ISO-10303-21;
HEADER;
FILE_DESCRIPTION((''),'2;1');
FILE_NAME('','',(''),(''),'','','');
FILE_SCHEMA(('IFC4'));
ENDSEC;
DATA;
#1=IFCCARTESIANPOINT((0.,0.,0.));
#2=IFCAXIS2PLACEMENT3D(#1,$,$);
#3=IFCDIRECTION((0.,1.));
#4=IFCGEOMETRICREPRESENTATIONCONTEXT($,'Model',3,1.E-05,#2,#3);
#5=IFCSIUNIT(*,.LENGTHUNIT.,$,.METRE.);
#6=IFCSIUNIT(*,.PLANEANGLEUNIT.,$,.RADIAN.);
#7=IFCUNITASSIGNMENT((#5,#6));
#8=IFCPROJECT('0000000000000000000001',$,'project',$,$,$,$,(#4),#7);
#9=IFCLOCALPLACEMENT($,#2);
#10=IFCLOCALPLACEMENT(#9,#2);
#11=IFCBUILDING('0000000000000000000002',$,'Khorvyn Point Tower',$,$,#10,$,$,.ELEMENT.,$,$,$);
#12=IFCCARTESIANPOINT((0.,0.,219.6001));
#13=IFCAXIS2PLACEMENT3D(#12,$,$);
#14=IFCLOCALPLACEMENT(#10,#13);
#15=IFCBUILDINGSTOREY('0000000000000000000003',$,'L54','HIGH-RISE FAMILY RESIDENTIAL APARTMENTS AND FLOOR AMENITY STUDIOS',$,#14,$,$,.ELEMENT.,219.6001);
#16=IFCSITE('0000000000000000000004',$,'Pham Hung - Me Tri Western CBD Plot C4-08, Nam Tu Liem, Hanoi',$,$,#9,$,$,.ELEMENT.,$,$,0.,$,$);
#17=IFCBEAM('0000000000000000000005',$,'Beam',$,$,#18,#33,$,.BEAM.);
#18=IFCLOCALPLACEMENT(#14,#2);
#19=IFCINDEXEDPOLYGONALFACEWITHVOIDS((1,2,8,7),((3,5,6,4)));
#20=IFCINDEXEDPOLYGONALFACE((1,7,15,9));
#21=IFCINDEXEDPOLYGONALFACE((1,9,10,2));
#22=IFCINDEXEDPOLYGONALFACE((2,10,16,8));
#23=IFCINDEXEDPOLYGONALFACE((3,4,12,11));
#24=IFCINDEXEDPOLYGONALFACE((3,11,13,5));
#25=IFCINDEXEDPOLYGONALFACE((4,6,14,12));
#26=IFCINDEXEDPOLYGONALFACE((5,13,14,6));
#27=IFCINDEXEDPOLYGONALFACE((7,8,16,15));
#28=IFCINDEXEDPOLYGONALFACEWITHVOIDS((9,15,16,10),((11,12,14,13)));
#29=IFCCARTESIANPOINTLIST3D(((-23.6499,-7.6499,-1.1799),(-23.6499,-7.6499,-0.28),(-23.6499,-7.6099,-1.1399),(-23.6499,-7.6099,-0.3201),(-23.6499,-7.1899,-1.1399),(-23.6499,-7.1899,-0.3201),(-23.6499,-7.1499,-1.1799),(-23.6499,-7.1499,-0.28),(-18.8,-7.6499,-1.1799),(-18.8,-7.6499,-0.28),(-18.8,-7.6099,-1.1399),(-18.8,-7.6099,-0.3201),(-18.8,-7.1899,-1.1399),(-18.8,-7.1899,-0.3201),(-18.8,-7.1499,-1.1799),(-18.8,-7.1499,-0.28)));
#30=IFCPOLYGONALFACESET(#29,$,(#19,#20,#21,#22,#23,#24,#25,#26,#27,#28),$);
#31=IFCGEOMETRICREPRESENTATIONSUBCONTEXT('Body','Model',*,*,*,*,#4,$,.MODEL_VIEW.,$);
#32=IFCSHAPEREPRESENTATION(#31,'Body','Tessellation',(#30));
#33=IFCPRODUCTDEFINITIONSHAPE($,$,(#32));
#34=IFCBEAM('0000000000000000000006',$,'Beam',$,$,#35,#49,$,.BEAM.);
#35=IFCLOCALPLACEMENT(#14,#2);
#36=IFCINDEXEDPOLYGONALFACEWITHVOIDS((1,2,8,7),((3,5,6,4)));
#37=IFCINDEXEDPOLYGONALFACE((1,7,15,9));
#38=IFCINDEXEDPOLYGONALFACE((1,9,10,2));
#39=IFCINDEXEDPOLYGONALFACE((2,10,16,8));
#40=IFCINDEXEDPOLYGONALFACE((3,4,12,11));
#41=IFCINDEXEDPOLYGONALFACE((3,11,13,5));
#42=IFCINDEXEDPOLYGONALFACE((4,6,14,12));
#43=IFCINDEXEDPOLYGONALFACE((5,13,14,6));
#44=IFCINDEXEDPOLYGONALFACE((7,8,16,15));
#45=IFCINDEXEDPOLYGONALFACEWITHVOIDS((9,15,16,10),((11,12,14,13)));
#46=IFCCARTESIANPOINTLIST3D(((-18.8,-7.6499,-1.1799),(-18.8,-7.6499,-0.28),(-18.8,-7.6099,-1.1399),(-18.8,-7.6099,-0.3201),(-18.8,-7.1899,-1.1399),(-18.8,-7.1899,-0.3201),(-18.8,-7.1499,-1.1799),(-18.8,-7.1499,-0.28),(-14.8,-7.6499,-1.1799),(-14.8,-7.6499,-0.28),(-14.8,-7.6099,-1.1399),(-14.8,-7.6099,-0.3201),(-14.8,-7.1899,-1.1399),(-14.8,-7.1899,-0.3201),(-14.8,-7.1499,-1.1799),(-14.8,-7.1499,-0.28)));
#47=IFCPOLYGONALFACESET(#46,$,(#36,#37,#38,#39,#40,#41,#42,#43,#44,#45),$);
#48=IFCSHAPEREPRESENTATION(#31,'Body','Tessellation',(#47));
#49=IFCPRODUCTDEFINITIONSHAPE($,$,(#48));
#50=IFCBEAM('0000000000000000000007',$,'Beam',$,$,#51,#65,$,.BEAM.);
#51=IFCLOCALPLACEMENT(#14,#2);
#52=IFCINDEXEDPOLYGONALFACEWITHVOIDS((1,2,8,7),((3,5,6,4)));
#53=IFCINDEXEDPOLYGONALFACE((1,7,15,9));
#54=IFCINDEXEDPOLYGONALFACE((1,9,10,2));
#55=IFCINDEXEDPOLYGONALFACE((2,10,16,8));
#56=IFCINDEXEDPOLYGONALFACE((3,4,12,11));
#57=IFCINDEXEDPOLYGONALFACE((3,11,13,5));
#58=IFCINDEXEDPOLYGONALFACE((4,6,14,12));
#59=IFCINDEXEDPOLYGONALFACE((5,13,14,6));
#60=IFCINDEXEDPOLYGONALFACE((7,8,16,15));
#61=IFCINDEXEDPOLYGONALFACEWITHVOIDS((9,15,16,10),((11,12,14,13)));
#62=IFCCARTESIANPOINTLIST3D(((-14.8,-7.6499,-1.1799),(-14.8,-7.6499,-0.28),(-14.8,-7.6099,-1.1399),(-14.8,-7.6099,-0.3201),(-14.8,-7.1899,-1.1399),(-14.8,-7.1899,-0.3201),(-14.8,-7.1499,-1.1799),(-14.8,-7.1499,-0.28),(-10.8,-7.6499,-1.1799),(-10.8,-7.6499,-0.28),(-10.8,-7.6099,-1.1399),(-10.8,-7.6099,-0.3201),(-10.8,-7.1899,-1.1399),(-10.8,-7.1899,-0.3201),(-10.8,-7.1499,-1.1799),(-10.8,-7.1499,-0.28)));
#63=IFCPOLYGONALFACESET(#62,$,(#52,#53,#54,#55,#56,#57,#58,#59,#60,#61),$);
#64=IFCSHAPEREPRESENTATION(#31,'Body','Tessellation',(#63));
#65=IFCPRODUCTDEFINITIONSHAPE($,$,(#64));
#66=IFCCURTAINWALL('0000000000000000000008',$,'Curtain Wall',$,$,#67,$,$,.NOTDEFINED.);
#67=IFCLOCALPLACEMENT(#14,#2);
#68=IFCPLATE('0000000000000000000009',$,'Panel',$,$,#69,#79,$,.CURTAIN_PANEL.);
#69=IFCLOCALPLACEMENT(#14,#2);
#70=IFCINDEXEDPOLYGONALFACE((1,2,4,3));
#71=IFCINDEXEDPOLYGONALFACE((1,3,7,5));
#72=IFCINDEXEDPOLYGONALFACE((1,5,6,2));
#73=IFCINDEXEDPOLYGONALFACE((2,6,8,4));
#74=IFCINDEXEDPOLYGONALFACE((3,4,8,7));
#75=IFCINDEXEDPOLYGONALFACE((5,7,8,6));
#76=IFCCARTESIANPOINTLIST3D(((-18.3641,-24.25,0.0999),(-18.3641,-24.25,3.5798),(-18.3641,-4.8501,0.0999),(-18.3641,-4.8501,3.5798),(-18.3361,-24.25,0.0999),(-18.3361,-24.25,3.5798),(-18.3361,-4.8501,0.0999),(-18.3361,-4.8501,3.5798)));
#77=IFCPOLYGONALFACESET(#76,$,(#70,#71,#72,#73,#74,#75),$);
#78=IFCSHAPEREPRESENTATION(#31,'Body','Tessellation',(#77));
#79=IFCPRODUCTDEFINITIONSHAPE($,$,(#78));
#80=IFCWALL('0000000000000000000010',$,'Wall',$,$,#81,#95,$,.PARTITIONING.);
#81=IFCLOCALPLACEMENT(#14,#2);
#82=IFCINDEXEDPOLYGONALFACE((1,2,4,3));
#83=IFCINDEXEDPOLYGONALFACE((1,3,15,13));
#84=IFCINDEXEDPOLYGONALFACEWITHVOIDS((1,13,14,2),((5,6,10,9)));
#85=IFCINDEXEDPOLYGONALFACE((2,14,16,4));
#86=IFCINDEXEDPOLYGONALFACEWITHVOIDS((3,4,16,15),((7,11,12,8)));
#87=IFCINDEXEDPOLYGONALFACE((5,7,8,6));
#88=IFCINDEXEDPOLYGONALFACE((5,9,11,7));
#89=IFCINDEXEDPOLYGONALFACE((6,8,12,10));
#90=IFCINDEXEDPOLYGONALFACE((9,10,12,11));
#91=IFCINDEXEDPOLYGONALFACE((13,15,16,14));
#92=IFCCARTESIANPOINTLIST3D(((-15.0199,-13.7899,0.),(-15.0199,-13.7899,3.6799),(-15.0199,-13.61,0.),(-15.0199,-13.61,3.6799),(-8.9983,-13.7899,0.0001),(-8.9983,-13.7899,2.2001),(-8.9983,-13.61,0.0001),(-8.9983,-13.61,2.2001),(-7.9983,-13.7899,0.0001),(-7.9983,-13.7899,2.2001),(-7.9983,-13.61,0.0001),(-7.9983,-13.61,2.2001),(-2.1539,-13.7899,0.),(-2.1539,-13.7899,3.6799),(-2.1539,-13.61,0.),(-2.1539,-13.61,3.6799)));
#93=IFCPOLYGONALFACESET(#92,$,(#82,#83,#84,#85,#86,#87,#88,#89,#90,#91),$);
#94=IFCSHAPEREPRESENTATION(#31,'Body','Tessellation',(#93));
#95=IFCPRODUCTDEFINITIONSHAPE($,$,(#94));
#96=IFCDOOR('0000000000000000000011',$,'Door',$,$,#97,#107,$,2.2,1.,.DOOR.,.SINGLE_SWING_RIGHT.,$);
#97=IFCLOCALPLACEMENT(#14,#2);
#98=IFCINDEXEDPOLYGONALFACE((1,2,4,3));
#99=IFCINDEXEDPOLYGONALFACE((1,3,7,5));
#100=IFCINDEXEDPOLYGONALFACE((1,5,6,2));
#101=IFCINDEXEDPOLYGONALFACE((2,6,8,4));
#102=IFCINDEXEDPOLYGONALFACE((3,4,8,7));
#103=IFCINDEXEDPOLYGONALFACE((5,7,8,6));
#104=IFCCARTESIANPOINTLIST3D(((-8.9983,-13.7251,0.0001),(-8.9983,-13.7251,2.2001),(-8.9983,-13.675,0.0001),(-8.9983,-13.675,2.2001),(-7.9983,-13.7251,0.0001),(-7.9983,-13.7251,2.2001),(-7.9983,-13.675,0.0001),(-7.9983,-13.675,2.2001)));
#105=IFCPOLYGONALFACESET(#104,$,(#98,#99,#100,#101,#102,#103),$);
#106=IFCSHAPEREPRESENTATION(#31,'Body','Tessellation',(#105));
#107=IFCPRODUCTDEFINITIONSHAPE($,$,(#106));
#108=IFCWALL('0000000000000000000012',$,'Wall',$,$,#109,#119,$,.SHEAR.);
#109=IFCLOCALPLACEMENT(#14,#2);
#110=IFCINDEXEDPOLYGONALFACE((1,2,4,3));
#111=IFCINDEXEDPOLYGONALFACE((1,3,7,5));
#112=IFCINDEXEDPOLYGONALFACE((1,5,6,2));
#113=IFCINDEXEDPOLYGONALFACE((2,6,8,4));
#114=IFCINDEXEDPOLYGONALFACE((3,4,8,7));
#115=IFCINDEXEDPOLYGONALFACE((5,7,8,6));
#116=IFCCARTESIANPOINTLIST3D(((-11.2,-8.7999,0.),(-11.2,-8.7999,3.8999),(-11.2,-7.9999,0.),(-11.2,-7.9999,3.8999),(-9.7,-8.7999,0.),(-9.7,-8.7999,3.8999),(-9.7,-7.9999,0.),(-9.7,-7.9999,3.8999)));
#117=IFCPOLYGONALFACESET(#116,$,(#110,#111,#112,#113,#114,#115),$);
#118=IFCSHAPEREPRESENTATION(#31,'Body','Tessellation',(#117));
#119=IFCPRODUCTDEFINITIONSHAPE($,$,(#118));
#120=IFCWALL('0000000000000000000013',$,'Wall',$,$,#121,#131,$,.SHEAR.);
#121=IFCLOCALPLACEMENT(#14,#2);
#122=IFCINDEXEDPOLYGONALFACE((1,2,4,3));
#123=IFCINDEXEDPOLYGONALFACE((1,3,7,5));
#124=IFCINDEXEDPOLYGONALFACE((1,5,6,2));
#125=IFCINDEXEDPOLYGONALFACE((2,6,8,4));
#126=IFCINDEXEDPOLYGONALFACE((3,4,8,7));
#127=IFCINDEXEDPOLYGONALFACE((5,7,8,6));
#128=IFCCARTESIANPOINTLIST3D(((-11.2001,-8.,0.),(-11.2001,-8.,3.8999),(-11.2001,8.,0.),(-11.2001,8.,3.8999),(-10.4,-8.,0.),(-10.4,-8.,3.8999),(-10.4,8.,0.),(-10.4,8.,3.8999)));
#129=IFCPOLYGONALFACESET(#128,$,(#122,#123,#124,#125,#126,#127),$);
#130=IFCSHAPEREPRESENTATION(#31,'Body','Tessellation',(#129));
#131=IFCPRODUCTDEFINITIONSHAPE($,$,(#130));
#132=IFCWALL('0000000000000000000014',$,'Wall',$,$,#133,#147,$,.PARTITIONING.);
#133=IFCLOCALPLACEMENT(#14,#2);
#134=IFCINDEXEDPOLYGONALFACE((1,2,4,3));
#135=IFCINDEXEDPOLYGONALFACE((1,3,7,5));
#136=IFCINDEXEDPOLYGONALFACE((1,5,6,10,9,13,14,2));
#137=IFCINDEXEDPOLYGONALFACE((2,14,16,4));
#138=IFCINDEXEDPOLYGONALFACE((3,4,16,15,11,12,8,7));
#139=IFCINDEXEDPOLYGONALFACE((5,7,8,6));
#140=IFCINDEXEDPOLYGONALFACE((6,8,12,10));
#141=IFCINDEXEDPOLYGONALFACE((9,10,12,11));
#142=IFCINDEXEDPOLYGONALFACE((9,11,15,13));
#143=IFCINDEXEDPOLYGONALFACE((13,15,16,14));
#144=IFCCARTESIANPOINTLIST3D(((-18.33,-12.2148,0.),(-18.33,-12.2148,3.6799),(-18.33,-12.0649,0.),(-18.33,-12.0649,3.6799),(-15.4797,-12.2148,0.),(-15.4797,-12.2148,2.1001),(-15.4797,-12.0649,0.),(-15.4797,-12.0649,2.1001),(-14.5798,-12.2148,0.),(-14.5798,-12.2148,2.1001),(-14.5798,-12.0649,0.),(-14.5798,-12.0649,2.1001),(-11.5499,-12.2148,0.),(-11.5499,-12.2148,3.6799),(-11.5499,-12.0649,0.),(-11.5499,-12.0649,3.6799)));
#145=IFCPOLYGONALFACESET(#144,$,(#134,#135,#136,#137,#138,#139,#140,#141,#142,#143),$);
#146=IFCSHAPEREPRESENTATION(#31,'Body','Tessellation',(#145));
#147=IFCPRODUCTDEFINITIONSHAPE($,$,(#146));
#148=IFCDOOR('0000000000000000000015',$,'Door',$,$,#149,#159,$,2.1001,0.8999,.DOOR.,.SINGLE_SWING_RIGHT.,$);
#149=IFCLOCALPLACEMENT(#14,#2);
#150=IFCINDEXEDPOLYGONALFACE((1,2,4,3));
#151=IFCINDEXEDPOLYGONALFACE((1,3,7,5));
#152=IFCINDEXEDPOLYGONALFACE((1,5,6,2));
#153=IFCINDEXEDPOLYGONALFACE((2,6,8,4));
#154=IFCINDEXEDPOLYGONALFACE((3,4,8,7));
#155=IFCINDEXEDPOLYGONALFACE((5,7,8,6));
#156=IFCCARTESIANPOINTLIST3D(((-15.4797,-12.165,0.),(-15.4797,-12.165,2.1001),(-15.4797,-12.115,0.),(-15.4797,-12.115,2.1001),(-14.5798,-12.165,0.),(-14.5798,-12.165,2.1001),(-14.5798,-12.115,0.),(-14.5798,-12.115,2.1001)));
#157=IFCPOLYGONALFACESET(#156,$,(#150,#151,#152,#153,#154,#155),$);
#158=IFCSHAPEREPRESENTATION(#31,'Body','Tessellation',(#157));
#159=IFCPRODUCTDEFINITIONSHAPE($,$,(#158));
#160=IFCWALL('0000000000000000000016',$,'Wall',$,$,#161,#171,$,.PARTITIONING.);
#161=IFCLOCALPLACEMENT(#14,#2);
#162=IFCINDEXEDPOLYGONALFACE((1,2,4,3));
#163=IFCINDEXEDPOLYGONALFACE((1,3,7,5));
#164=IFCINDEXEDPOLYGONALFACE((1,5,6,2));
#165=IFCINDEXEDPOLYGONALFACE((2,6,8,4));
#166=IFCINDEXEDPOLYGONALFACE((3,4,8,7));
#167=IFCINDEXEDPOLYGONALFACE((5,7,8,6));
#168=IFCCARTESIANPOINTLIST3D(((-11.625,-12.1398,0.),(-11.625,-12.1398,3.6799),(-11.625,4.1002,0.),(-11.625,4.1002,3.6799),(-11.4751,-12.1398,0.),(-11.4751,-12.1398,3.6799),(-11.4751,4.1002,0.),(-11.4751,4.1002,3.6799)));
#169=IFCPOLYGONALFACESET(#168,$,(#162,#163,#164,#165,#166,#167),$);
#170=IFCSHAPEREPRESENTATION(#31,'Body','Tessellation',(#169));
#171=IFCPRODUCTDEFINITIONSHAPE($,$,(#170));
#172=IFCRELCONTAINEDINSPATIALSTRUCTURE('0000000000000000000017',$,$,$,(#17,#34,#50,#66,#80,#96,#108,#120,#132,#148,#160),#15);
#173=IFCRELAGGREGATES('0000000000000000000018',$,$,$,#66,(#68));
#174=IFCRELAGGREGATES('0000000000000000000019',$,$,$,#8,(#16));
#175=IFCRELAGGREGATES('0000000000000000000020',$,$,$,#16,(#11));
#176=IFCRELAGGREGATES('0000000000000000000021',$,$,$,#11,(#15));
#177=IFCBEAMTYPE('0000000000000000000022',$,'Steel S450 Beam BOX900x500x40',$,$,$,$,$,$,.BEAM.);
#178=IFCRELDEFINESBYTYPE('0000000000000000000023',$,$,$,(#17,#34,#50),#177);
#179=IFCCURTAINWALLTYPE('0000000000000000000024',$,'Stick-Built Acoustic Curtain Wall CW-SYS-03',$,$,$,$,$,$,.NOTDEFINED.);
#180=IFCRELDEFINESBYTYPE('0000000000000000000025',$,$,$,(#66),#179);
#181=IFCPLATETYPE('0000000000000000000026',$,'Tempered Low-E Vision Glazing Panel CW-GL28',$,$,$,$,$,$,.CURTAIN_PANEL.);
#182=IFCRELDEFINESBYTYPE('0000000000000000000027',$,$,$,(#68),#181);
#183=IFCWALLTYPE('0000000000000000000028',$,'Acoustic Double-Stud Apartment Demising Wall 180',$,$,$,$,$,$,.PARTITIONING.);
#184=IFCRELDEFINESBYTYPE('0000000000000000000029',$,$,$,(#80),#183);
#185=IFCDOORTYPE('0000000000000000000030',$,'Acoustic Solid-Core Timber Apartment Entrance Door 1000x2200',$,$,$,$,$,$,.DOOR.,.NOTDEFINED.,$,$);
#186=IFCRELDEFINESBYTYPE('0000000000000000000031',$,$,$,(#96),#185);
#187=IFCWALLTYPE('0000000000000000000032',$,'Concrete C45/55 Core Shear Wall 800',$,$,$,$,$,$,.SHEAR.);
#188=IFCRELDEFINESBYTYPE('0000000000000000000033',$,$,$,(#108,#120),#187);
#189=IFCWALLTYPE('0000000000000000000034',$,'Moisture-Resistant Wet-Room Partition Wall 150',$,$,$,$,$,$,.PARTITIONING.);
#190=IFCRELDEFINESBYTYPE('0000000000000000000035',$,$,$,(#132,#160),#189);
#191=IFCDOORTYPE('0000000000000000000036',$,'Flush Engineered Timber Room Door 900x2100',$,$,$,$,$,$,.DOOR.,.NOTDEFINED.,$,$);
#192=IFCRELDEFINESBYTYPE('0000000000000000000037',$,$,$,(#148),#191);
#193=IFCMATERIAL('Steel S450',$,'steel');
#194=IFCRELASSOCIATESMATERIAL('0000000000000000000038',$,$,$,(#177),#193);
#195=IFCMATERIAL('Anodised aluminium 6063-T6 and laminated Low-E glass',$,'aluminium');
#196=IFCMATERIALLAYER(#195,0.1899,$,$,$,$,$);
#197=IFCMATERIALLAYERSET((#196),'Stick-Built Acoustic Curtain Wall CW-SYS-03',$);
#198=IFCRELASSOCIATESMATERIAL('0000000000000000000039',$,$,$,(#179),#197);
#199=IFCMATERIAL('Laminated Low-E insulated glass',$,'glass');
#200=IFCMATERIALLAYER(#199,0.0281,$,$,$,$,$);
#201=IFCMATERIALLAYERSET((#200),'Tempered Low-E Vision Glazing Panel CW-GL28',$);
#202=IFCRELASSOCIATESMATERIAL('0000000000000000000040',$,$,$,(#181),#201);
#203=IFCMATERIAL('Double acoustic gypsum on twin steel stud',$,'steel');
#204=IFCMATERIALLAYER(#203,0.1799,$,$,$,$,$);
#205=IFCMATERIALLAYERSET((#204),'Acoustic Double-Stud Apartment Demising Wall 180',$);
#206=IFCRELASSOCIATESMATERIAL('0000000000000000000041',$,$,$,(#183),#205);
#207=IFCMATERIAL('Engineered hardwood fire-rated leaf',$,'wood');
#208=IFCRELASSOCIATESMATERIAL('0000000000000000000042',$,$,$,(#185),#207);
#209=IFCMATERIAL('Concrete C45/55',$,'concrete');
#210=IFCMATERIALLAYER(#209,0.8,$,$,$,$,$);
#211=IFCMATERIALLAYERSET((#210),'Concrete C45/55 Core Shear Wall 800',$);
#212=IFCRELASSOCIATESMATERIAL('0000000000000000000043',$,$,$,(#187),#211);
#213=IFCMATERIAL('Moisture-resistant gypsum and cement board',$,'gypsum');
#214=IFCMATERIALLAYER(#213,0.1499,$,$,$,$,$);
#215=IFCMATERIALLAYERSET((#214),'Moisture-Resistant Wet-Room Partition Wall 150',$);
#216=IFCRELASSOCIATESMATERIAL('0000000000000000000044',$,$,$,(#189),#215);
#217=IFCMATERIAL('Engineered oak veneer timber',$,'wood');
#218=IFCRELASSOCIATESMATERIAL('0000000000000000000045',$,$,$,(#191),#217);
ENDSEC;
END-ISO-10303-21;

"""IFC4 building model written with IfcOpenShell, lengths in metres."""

from ifc_helpers import new_model, si_unit, direction, frame, frame_2d, origin, origin_2d, place, context, subcontext, project, spatial, rectangle, hollow_rectangle, extrude, material, layer, layer_set, material_profile, profile_set, type_object, element, fill, aggregate, save


model = new_model("IFC4")

# Units and contexts
model_context = context("Model", 3, precision=1e-05, world=origin(), true_north=direction((0.0, 1.0)))
body_context = subcontext(model_context, "Body", "Model", "MODEL_VIEW")
ifc_project = project(units=[si_unit("LENGTHUNIT", "METRE"), si_unit("PLANEANGLEUNIT", "RADIAN")], contexts=[model_context])

# Site, building, storey
site_placement = place(None, origin())
site = spatial("IfcSite", under=ifc_project, at=site_placement, Name="Pham Hung - Me Tri Western CBD Plot C4-08, Nam Tu Liem, Hanoi", CompositionType="ELEMENT", RefElevation=0.0)
building_placement = place(site_placement, origin())
building = spatial("IfcBuilding", under=site, at=building_placement, Name="Khorvyn Point Tower", CompositionType="ELEMENT")
storey_placement = place(building_placement, frame((0.0, 0.0, 219.6001)))
storey = spatial("IfcBuildingStorey", under=building, at=storey_placement, Name="L54", Description="HIGH-RISE FAMILY RESIDENTIAL APARTMENTS AND FLOOR AMENITY STUDIOS", CompositionType="ELEMENT", Elevation=219.6001)

# Shared definitions
ifc_material_1 = material(Name="Concrete C45/55", Category="concrete")
ifc_material_2 = material(Name="Steel S450", Category="steel")

# Beams
ifc_material_profile_1 = material_profile(ifc_material_2, hollow_rectangle(XDim=0.5, YDim=0.8999, WallThickness=0.04, at=origin_2d()))
ifc_profile_set_1 = profile_set([ifc_material_profile_1], Name="Steel S450 BOX900x500x40")
beam_type_1 = type_object("IfcBeamType", Name="Steel S450 Beam BOX900x500x40", PredefinedType="BEAM", material=ifc_profile_set_1)
beam_1_placement = place(storey_placement, frame((-23.6499, -7.3999, -0.73), z_axis=(1.0, 0.0, 0.0), x_axis=(0.0, 1.0, 0.0)))
element("IfcBeam", 1, at=beam_1_placement, inside=storey, type_object=beam_type_1, Name="Beam", PredefinedType="BEAM", context=body_context, shape_type="SweptSolid", body=[
    extrude(hollow_rectangle(XDim=0.5, YDim=0.8999, WallThickness=0.04, at=origin_2d()), origin(), (0.0, 0.0, 1.0), 4.8499),
])
for number, where, z_axis, x_axis, name in (
    (2, (-18.8, -7.3999, -0.73), (1.0, 0.0, 0.0), (0.0, 1.0, 0.0), "Beam"),
    (3, (-14.8, -7.3999, -0.73), (1.0, 0.0, 0.0), (0.0, 1.0, 0.0), "Beam"),
):
    element("IfcBeam", number, at=place(storey_placement, frame(where, z_axis=z_axis, x_axis=x_axis)), inside=storey, type_object=beam_type_1, Name=name, PredefinedType="BEAM", context=body_context, shape_type="SweptSolid", body=[
        extrude(hollow_rectangle(XDim=0.5, YDim=0.8999, WallThickness=0.04, at=origin_2d()), origin(), (0.0, 0.0, 1.0), 4.0),
    ])

# Curtain wall, plate
ifc_material_3 = material(Name="Anodised aluminium 6063-T6 and laminated Low-E glass", Category="aluminium")
ifc_layer_1 = layer(ifc_material_3, 0.1899)
ifc_layer_set_1 = layer_set([ifc_layer_1], Name="Stick-Built Acoustic Curtain Wall CW-SYS-03")
curtain_wall_type = type_object("IfcCurtainWallType", Name="Stick-Built Acoustic Curtain Wall CW-SYS-03", PredefinedType="NOTDEFINED", material=ifc_layer_set_1)
curtain_wall_placement = place(storey_placement, origin())
curtain_wall = element("IfcCurtainWall", 4, at=curtain_wall_placement, inside=storey, type_object=curtain_wall_type, Name="Curtain Wall", PredefinedType="NOTDEFINED")
ifc_material_4 = material(Name="Laminated Low-E insulated glass", Category="glass")
ifc_layer_2 = layer(ifc_material_4, 0.0281)
ifc_layer_set_2 = layer_set([ifc_layer_2], Name="Tempered Low-E Vision Glazing Panel CW-GL28")
plate_type = type_object("IfcPlateType", Name="Tempered Low-E Vision Glazing Panel CW-GL28", PredefinedType="CURTAIN_PANEL", material=ifc_layer_set_2)
plate_placement = place(storey_placement, frame((-18.3501, -14.55, 0.0999), z_axis=(0.0, 0.0, 1.0), x_axis=(0.0, 1.0, 0.0)))
plate = element("IfcPlate", 5, at=plate_placement, type_object=plate_type, Name="Panel", PredefinedType="CURTAIN_PANEL", context=body_context, shape_type="SweptSolid", body=[
    extrude(rectangle(XDim=19.3999, YDim=0.0281, at=origin_2d()), origin(), (0.0, 0.0, 1.0), 3.48),
])
aggregate(curtain_wall, [plate])

# Wall, opening, door
ifc_material_5 = material(Name="Double acoustic gypsum on twin steel stud", Category="steel")
ifc_layer_3 = layer(ifc_material_5, 0.1799)
ifc_layer_set_3 = layer_set([ifc_layer_3], Name="Acoustic Double-Stud Apartment Demising Wall 180")
wall_type_1 = type_object("IfcWallType", Name="Acoustic Double-Stud Apartment Demising Wall 180", PredefinedType="PARTITIONING", material=ifc_layer_set_3)
wall_1_placement = place(storey_placement, frame((-15.02, -13.7, 0.0), z_axis=(0.0, 0.0, 1.0), x_axis=(1.0, 0.0, 0.0)))
wall_1 = element("IfcWall", 6, at=wall_1_placement, inside=storey, type_object=wall_type_1, Name="Wall", PredefinedType="PARTITIONING", context=body_context, shape_type="SweptSolid", body=[
    extrude(rectangle(XDim=12.866, YDim=0.1799, at=frame_2d((6.4331, 0.0))), origin(), (0.0, 0.0, 1.0), 3.6799),
])
opening_1_placement = place(wall_1_placement, frame((6.0217, 0.0, 0.0)))
opening_1 = element("IfcOpeningElement", 7, at=opening_1_placement, cuts=wall_1, PredefinedType="OPENING", context=body_context, shape_type="SweptSolid", body=[
    extrude(rectangle(XDim=1.0, YDim=2.2, at=frame_2d((0.5, 1.1001))), frame((0.0, 0.0999, 0.0), z_axis=(0.0, -1.0, 0.0), x_axis=(1.0, 0.0, 0.0)), (0.0, 0.0, 1.0), 0.2),
])
ifc_material_6 = material(Name="Engineered hardwood fire-rated leaf", Category="wood")
door_type_1 = type_object("IfcDoorType", Name="Acoustic Solid-Core Timber Apartment Entrance Door 1000x2200", OperationType="NOTDEFINED", PredefinedType="DOOR", material=ifc_material_6)
door_1_placement = place(opening_1_placement, origin())
door_1 = element("IfcDoor", 8, at=door_1_placement, inside=storey, type_object=door_type_1, Name="Door", OperationType="SINGLE_SWING_RIGHT", OverallHeight=2.2, OverallWidth=1.0, PredefinedType="DOOR", context=body_context, shape_type="SweptSolid", body=[
    extrude(rectangle(XDim=1.0, YDim=2.2, at=frame_2d((0.5, 1.1001))), frame((0.0, 0.0249, 0.0), z_axis=(0.0, -1.0, 0.0), x_axis=(1.0, 0.0, 0.0)), (0.0, 0.0, 1.0), 0.05),
])
fill(opening_1, door_1)

# Walls
ifc_layer_4 = layer(ifc_material_1, 0.8)
ifc_layer_set_4 = layer_set([ifc_layer_4], Name="Concrete C45/55 Core Shear Wall 800")
wall_type_2 = type_object("IfcWallType", Name="Concrete C45/55 Core Shear Wall 800", PredefinedType="SHEAR", material=ifc_layer_set_4)
wall_2_placement = place(storey_placement, frame((-11.2, -8.3999, 0.0), z_axis=(0.0, 0.0, 1.0), x_axis=(1.0, 0.0, 0.0)))
element("IfcWall", 9, at=wall_2_placement, inside=storey, type_object=wall_type_2, Name="Wall", PredefinedType="SHEAR", context=body_context, shape_type="SweptSolid", body=[
    extrude(rectangle(XDim=1.5, YDim=0.8, at=frame_2d((0.75, 0.0))), origin(), (0.0, 0.0, 1.0), 3.8999),
])
wall_3_placement = place(storey_placement, frame((-10.8, -8.0, 0.0), z_axis=(0.0, 0.0, 1.0), x_axis=(0.0, 1.0, 0.0)))
element("IfcWall", 10, at=wall_3_placement, inside=storey, type_object=wall_type_2, Name="Wall", PredefinedType="SHEAR", context=body_context, shape_type="SweptSolid", body=[
    extrude(rectangle(XDim=16.0, YDim=0.8, at=frame_2d((8.0, 0.0))), origin(), (0.0, 0.0, 1.0), 3.8999),
])

# Wall, opening, door
ifc_material_7 = material(Name="Moisture-resistant gypsum and cement board", Category="gypsum")
ifc_layer_5 = layer(ifc_material_7, 0.1499)
ifc_layer_set_5 = layer_set([ifc_layer_5], Name="Moisture-Resistant Wet-Room Partition Wall 150")
wall_type_3 = type_object("IfcWallType", Name="Moisture-Resistant Wet-Room Partition Wall 150", PredefinedType="PARTITIONING", material=ifc_layer_set_5)
wall_4_placement = place(storey_placement, frame((-18.3301, -12.1399, 0.0), z_axis=(0.0, 0.0, 1.0), x_axis=(1.0, 0.0, 0.0)))
wall_4 = element("IfcWall", 11, at=wall_4_placement, inside=storey, type_object=wall_type_3, Name="Wall", PredefinedType="PARTITIONING", context=body_context, shape_type="SweptSolid", body=[
    extrude(rectangle(XDim=6.78, YDim=0.1499, at=frame_2d((3.3901, 0.0))), origin(), (0.0, 0.0, 1.0), 3.6799),
])
opening_2_placement = place(wall_4_placement, frame((2.8503, 0.0, 0.0)))
opening_2 = element("IfcOpeningElement", 12, at=opening_2_placement, cuts=wall_4, PredefinedType="OPENING", context=body_context, shape_type="SweptSolid", body=[
    extrude(rectangle(XDim=0.8999, YDim=2.1001, at=frame_2d((0.45, 1.05))), frame((0.0, 0.085, 0.0), z_axis=(0.0, -1.0, 0.0), x_axis=(1.0, 0.0, 0.0)), (0.0, 0.0, 1.0), 0.1699),
])
ifc_material_8 = material(Name="Engineered oak veneer timber", Category="wood")
door_type_2 = type_object("IfcDoorType", Name="Flush Engineered Timber Room Door 900x2100", OperationType="NOTDEFINED", PredefinedType="DOOR", material=ifc_material_8)
door_2_placement = place(opening_2_placement, origin())
door_2 = element("IfcDoor", 13, at=door_2_placement, inside=storey, type_object=door_type_2, Name="Door", OperationType="SINGLE_SWING_RIGHT", OverallHeight=2.1001, OverallWidth=0.8999, PredefinedType="DOOR", context=body_context, shape_type="SweptSolid", body=[
    extrude(rectangle(XDim=0.8999, YDim=2.1001, at=frame_2d((0.45, 1.05))), frame((0.0, 0.0249, 0.0), z_axis=(0.0, -1.0, 0.0), x_axis=(1.0, 0.0, 0.0)), (0.0, 0.0, 1.0), 0.05),
])
fill(opening_2, door_2)

# Wall
wall_5_placement = place(storey_placement, frame((-11.55, -12.1399, 0.0), z_axis=(0.0, 0.0, 1.0), x_axis=(0.0, 1.0, 0.0)))
element("IfcWall", 14, at=wall_5_placement, inside=storey, type_object=wall_type_3, Name="Wall", PredefinedType="PARTITIONING", context=body_context, shape_type="SweptSolid", body=[
    extrude(rectangle(XDim=16.24, YDim=0.1499, at=frame_2d((8.1201, 0.0))), origin(), (0.0, 0.0, 1.0), 3.6799),
])

save(model, "model.ifc")
